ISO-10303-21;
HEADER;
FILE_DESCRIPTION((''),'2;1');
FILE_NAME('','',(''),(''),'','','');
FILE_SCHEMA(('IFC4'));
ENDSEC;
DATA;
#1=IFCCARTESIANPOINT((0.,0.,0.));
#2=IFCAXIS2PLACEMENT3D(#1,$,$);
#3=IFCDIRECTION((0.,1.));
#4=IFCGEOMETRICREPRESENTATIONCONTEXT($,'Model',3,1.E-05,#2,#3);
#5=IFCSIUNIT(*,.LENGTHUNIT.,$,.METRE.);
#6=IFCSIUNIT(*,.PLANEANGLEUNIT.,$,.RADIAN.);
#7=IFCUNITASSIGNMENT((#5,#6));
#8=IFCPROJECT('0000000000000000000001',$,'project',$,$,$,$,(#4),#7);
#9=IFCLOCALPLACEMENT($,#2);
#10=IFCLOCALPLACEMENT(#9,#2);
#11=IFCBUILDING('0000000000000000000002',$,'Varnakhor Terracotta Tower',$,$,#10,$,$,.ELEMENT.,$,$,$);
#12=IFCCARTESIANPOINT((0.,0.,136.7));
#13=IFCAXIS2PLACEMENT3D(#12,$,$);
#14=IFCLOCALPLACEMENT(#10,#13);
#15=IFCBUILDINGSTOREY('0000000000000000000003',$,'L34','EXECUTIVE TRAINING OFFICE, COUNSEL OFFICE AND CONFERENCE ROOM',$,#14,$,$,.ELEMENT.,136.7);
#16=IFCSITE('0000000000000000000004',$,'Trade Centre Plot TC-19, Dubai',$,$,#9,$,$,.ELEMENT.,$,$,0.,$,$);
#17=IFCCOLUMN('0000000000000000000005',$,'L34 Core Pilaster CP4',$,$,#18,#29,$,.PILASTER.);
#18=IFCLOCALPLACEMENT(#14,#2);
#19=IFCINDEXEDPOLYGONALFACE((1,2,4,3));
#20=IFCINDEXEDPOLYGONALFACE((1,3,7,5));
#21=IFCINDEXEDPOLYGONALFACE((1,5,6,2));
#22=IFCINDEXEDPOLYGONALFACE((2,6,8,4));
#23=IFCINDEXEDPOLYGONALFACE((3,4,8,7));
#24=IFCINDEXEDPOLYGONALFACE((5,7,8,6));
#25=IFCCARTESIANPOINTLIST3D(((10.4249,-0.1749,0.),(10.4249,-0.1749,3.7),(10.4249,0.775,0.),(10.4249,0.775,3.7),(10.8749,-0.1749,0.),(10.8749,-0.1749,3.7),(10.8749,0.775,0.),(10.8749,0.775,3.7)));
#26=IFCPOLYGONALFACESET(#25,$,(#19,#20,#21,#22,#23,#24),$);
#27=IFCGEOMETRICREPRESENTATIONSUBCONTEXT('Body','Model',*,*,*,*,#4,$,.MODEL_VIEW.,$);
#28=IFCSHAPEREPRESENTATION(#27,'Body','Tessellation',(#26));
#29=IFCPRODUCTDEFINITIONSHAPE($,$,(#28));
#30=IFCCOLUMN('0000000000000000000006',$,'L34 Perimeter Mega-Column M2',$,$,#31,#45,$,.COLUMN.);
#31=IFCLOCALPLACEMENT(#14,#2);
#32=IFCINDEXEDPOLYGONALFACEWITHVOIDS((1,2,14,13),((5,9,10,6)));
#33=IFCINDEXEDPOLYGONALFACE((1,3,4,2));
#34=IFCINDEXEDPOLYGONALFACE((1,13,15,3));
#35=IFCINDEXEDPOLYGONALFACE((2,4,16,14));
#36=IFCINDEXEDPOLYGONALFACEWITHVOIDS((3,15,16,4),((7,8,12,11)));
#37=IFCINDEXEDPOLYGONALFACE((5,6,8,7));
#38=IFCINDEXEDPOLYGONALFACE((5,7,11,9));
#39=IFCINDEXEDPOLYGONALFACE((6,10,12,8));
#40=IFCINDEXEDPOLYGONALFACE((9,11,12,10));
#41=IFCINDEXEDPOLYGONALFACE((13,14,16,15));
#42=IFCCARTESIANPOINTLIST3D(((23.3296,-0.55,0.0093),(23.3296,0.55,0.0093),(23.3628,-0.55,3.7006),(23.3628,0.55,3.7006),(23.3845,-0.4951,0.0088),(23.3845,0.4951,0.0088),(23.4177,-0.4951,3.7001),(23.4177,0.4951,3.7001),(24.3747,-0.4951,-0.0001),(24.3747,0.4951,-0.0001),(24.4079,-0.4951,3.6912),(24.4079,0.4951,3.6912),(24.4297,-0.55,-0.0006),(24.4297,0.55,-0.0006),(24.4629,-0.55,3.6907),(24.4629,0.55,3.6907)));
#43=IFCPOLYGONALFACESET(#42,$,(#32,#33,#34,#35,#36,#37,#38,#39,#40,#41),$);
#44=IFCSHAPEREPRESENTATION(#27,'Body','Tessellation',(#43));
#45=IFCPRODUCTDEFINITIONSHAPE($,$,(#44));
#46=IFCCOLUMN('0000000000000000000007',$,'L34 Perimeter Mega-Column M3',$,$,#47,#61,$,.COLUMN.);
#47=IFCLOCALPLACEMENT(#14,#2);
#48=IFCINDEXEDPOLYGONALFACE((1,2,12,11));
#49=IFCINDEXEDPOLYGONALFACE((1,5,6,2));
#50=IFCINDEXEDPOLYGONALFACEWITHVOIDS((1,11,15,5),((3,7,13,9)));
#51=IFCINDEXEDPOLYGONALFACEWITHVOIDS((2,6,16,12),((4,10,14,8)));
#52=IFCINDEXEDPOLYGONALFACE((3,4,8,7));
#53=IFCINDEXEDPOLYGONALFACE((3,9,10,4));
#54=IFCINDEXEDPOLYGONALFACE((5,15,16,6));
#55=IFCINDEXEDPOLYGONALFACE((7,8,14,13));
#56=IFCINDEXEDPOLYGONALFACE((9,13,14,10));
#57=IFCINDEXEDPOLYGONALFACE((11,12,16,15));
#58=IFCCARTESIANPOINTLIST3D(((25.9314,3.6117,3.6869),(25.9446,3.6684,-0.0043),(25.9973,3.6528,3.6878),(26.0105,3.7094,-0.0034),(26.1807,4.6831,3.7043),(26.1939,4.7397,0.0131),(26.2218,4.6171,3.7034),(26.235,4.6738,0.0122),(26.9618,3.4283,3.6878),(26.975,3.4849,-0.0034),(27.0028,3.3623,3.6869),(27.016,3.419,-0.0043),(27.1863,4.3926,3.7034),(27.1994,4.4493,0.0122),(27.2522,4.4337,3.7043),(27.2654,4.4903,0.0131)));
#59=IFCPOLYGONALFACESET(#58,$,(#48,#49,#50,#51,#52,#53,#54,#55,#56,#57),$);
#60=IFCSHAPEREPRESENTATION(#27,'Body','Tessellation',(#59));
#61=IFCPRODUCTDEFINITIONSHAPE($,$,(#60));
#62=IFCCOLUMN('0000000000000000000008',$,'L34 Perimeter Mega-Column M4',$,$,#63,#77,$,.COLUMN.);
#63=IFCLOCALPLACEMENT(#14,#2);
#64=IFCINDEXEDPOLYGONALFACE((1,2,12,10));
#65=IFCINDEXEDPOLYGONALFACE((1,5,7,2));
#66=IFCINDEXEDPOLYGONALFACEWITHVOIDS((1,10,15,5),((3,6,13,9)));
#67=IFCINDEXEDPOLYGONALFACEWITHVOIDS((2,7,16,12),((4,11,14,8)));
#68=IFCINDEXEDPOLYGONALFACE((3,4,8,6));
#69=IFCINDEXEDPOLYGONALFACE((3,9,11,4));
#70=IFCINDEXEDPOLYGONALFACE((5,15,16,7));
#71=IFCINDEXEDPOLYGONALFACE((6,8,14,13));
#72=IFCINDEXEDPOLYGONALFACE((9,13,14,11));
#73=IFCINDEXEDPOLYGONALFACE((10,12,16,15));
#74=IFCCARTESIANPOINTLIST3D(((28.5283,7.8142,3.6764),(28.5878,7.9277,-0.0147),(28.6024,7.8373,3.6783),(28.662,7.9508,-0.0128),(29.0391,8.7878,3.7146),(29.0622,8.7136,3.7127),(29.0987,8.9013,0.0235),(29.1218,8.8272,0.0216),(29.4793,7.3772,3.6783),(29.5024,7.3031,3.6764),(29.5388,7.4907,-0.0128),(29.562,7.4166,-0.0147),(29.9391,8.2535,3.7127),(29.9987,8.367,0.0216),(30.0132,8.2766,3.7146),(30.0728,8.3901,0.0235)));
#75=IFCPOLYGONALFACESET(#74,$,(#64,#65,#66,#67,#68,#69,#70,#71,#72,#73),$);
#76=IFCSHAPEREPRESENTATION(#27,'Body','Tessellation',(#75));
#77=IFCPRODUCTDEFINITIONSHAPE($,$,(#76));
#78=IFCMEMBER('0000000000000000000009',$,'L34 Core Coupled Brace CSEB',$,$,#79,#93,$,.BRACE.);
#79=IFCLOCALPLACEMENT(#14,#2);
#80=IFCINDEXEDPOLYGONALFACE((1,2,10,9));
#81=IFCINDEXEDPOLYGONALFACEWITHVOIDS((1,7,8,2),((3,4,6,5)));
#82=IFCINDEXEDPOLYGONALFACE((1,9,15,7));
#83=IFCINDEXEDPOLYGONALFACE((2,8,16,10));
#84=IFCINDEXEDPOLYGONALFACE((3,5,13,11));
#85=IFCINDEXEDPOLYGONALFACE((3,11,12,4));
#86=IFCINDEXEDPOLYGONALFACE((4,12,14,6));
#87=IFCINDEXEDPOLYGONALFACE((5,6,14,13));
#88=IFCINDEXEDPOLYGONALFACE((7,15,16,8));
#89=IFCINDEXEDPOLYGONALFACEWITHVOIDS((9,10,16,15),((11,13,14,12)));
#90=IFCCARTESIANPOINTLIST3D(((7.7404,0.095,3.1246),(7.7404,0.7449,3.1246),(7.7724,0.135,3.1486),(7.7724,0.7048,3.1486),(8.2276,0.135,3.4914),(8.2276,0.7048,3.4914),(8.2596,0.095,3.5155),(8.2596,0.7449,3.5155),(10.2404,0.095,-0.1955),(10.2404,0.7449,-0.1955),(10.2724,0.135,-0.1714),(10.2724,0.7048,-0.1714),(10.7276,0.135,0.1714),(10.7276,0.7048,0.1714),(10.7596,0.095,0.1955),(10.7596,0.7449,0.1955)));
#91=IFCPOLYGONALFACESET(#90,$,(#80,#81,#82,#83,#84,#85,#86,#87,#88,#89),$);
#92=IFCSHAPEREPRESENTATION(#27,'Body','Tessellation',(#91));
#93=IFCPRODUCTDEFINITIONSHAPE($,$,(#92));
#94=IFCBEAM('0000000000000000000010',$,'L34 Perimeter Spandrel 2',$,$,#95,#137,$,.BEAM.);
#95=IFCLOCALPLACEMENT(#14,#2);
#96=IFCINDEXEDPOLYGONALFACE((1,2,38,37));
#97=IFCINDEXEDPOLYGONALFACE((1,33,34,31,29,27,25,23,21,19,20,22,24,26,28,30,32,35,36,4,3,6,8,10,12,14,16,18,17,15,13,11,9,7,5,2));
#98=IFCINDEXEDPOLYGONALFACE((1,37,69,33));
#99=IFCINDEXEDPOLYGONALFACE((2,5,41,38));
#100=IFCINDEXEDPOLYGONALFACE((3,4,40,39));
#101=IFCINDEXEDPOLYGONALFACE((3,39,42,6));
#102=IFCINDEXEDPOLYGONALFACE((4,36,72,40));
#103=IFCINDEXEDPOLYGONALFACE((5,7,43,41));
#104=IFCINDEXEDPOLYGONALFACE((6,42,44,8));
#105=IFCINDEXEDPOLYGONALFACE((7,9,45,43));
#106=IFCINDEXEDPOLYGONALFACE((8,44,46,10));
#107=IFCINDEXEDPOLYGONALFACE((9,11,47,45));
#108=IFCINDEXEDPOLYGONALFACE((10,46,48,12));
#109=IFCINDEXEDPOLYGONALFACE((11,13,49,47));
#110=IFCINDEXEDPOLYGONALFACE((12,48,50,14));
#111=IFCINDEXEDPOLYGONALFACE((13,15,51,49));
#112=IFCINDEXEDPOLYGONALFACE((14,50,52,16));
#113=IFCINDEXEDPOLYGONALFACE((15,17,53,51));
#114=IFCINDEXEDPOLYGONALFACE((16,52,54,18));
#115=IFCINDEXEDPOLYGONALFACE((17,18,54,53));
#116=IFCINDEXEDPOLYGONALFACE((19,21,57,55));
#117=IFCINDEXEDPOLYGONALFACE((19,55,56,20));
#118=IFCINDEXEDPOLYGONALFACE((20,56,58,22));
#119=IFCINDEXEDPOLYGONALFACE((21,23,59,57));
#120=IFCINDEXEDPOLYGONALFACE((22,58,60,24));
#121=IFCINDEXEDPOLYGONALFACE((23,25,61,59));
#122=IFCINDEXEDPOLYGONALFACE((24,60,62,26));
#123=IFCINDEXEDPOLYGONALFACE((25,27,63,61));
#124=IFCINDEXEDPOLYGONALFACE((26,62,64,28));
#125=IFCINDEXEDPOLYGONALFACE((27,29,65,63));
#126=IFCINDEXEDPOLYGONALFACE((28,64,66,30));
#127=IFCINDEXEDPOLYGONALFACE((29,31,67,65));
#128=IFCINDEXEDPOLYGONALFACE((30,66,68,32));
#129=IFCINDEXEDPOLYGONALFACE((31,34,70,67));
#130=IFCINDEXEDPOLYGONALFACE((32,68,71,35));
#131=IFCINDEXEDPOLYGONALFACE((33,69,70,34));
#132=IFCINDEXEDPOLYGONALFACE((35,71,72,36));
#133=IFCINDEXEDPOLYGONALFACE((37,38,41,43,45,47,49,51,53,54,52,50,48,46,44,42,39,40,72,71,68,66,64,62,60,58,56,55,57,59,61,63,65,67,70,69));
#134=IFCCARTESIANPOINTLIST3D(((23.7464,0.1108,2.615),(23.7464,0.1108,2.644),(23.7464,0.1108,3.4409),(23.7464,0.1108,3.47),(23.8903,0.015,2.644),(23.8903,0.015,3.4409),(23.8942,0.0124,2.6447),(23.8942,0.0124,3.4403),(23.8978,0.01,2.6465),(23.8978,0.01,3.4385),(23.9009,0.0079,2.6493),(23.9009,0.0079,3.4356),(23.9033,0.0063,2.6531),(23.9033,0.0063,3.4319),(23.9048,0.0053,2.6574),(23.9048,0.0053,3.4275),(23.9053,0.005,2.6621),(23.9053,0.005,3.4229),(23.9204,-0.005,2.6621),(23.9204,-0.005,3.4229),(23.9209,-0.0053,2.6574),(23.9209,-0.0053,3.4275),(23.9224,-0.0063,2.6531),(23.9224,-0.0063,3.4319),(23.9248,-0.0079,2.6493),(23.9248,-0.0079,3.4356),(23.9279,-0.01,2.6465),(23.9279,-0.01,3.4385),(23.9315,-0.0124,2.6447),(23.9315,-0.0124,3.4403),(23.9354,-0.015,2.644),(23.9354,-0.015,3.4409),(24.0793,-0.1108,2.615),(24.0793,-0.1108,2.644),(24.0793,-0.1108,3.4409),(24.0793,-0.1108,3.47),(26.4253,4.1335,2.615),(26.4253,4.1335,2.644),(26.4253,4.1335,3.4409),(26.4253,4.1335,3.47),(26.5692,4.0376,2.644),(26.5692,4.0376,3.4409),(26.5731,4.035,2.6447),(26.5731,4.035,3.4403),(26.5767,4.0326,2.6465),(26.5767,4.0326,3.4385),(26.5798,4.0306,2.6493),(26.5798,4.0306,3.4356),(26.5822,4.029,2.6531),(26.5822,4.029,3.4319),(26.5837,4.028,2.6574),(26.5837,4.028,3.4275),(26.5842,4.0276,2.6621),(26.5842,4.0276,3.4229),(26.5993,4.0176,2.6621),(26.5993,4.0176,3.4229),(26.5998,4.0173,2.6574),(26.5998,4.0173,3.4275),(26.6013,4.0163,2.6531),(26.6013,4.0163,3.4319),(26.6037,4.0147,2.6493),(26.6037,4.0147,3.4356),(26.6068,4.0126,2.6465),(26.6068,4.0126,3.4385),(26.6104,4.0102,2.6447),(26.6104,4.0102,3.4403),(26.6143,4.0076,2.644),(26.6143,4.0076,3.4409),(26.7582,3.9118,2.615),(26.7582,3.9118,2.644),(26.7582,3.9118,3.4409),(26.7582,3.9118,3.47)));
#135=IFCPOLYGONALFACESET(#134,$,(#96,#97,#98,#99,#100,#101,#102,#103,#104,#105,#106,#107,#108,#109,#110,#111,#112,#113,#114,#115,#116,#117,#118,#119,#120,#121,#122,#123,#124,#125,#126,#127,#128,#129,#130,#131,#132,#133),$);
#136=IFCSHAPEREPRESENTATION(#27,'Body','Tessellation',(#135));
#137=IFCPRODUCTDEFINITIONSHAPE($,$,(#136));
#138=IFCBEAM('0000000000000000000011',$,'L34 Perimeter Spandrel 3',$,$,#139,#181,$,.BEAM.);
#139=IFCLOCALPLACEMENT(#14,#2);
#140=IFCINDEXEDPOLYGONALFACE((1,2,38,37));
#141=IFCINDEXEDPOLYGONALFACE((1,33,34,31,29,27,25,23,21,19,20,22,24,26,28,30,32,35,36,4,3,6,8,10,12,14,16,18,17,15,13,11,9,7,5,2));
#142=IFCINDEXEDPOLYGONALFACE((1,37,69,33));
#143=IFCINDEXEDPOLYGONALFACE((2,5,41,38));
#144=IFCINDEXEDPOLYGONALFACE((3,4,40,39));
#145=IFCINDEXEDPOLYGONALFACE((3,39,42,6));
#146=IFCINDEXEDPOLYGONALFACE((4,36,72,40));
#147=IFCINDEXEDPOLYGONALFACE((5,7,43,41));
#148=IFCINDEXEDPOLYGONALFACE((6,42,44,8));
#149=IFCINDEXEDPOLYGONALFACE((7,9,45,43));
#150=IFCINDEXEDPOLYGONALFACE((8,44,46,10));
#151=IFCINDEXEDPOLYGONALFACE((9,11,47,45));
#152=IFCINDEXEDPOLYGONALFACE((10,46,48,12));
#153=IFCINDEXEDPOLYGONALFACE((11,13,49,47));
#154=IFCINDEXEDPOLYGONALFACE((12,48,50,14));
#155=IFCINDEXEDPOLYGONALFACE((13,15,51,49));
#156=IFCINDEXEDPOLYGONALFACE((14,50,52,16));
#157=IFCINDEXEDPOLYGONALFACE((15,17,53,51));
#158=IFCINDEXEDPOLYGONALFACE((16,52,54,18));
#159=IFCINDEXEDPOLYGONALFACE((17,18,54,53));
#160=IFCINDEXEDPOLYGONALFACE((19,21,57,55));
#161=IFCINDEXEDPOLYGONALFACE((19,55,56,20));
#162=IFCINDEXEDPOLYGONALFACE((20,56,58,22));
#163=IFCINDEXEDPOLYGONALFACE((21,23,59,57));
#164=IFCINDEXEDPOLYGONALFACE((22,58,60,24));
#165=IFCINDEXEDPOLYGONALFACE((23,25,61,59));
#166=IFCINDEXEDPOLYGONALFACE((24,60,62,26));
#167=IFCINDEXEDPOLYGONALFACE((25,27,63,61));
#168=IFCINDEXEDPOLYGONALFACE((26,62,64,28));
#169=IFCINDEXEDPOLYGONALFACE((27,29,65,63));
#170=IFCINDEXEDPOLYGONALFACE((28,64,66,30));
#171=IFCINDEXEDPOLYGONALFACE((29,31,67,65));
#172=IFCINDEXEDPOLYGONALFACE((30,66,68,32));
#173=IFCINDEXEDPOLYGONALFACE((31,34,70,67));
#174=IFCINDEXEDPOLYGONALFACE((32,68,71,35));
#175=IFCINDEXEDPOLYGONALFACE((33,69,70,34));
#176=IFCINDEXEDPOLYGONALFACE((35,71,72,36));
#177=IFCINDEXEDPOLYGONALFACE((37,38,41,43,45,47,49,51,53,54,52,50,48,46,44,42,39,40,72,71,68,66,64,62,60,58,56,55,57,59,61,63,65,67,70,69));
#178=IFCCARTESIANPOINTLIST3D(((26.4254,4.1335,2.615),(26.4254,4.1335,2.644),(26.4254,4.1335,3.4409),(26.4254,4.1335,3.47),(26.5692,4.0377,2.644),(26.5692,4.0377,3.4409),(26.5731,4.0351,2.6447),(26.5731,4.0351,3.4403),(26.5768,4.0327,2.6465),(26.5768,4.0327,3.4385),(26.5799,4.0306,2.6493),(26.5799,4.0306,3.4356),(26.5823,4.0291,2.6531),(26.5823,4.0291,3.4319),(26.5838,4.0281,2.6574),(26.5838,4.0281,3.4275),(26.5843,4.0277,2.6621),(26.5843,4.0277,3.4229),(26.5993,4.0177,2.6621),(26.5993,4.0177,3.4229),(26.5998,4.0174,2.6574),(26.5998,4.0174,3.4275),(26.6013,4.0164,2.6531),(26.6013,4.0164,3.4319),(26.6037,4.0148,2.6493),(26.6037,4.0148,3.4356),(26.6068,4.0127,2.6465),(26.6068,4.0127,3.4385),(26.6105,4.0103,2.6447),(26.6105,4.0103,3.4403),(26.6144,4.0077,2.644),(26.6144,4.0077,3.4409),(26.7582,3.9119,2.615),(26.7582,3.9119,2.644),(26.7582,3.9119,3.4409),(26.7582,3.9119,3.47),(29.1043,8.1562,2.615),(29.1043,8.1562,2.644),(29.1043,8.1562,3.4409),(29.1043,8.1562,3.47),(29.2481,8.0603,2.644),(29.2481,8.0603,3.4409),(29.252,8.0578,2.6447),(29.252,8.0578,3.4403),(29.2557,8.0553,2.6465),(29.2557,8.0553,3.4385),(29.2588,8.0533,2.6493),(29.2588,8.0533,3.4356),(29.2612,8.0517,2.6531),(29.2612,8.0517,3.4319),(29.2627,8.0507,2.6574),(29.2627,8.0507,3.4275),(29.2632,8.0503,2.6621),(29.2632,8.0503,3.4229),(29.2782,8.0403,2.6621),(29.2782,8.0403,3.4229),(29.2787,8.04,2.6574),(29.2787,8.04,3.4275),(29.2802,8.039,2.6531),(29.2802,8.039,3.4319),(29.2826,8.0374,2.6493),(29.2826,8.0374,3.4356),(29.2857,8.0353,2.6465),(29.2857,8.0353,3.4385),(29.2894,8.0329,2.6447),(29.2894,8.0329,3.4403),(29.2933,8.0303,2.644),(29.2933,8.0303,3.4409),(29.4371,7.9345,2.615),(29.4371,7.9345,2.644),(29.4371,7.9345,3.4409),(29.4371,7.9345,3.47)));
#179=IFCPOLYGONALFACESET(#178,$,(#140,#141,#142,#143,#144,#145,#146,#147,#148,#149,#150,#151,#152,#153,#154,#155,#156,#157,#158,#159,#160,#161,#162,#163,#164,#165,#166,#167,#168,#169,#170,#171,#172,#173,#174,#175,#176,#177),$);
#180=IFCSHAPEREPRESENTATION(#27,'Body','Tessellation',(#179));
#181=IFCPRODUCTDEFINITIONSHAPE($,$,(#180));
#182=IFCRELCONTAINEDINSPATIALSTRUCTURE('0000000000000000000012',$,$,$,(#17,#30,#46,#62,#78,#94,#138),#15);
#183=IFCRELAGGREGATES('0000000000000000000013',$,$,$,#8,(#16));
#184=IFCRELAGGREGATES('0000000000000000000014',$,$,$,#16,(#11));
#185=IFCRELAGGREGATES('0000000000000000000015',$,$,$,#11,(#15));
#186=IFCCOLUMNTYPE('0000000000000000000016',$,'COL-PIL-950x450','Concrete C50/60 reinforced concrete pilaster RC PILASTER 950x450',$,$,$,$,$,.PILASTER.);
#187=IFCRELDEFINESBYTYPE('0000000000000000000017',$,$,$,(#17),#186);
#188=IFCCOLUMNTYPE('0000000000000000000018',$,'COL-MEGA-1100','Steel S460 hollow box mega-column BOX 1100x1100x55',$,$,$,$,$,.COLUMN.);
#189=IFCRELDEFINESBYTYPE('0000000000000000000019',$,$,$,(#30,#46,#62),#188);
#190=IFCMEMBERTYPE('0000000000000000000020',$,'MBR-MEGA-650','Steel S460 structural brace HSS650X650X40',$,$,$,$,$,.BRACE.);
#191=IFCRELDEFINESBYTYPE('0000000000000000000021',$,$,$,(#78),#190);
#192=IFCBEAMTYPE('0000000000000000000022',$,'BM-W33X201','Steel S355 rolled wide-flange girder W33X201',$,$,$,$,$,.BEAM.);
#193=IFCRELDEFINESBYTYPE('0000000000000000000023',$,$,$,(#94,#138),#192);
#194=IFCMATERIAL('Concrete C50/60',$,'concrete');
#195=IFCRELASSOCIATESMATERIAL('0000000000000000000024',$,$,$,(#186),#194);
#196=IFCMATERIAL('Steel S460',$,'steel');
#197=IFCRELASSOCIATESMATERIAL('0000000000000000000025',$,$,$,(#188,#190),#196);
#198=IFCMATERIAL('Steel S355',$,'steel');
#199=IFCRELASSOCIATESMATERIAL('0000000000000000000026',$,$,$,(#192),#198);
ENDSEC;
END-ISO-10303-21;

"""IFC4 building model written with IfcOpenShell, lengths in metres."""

from ifc_helpers import new_model, si_unit, direction, frame, origin, origin_2d, place, context, subcontext, project, spatial, rectangle, hollow_rectangle, i_section, extrude, source, transform, mapped, material, material_profile, profile_set, type_object, element, save


model = new_model("IFC4")

# Units and contexts
model_context = context("Model", 3, precision=1e-05, world=origin(), true_north=direction((0.0, 1.0)))
body_context = subcontext(model_context, "Body", "Model", "MODEL_VIEW")
ifc_project = project(units=[si_unit("LENGTHUNIT", "METRE"), si_unit("PLANEANGLEUNIT", "RADIAN")], contexts=[model_context])

# Site, building, storey
site_placement = place(None, origin())
site = spatial("IfcSite", under=ifc_project, at=site_placement, Name="Trade Centre Plot TC-19, Dubai", CompositionType="ELEMENT", RefElevation=0.0)
building_placement = place(site_placement, origin())
building = spatial("IfcBuilding", under=site, at=building_placement, Name="Varnakhor Terracotta Tower", CompositionType="ELEMENT")
storey_placement = place(building_placement, frame((0.0, 0.0, 136.7)))
storey = spatial("IfcBuildingStorey", under=building, at=storey_placement, Name="L34", Description="EXECUTIVE TRAINING OFFICE, COUNSEL OFFICE AND CONFERENCE ROOM", CompositionType="ELEMENT", Elevation=136.7)

# Columns
ifc_material_1 = material(Name="Concrete C50/60", Category="concrete")
ifc_material_profile_1 = material_profile(ifc_material_1, rectangle(XDim=0.45, YDim=0.95, at=origin_2d()), Name="RC PILASTER 950x450")
ifc_profile_set_1 = profile_set([ifc_material_profile_1], Name="Concrete C50/60")
column_type_1 = type_object("IfcColumnType", Name="COL-PIL-950x450", Description="Concrete C50/60 reinforced concrete pilaster RC PILASTER 950x450", PredefinedType="PILASTER", material=ifc_profile_set_1)
shared_shape_1 = source(origin(), body_context, "Body", "SweptSolid", [
    extrude(rectangle(XDim=0.45, YDim=0.95, at=origin_2d()), origin(), (0.0, 0.0, 1.0), 3.7),
])
column_1_placement = place(storey_placement, frame((10.6499, 0.3, 0.0), z_axis=(0.0, 0.0, 1.0), x_axis=(1.0, 0.0, 0.0)))
element("IfcColumn", 1, at=column_1_placement, inside=storey, type_object=column_type_1, Name="L34 Core Pilaster CP4", PredefinedType="PILASTER", context=body_context, shape_type="MappedRepresentation", body=[
    mapped(shared_shape_1, transform((0.0, 0.0, 0.0), scale=1.0)),
])
ifc_material_2 = material(Name="Steel S460", Category="steel")
ifc_material_profile_2 = material_profile(ifc_material_2, hollow_rectangle(XDim=1.1001, YDim=1.1001, WallThickness=0.0549, at=origin_2d()), Name="BOX 1100x1100x55")
ifc_profile_set_2 = profile_set([ifc_material_profile_2], Name="Steel S460")
column_type_2 = type_object("IfcColumnType", Name="COL-MEGA-1100", Description="Steel S460 hollow box mega-column BOX 1100x1100x55", PredefinedType="COLUMN", material=ifc_profile_set_2)
shared_shape_2 = source(origin(), body_context, "Body", "SweptSolid", [
    extrude(hollow_rectangle(XDim=1.1001, YDim=1.1001, WallThickness=0.0549, at=origin_2d()), origin(), (0.0, 0.0, 1.0), 3.6914),
])
column_2_placement = place(storey_placement, frame((23.8796, 0.0, 0.0044), z_axis=(0.008995, 0.0, 0.99996), x_axis=(0.0, 1.0, 0.0)))
element("IfcColumn", 2, at=column_2_placement, inside=storey, type_object=column_type_2, Name="L34 Perimeter Mega-Column M2", PredefinedType="COLUMN", context=body_context, shape_type="MappedRepresentation", body=[
    mapped(shared_shape_2, transform((0.0, 0.0, 0.0), scale=1.0)),
])
shared_shape_3 = source(origin(), body_context, "Body", "SweptSolid", [
    extrude(hollow_rectangle(XDim=1.1001, YDim=1.1001, WallThickness=0.0549, at=origin_2d()), origin(), (0.0, 0.0, 1.0), 3.6917),
])
column_3_placement = place(storey_placement, frame((26.605, 4.0793, 0.0044), z_axis=(-0.003571, -0.015343, 0.999876), x_axis=(0.973965, -0.226699, 0.0)))
element("IfcColumn", 3, at=column_3_placement, inside=storey, type_object=column_type_2, Name="L34 Perimeter Mega-Column M3", PredefinedType="COLUMN", context=body_context, shape_type="MappedRepresentation", body=[
    mapped(shared_shape_3, transform((0.0, 0.0, 0.0), scale=1.0)),
])
shared_shape_4 = source(origin(), body_context, "Body", "SweptSolid", [
    extrude(hollow_rectangle(XDim=1.1001, YDim=1.1001, WallThickness=0.0549, at=origin_2d()), origin(), (0.0, 0.0, 1.0), 3.6934),
])
column_4_placement = place(storey_placement, frame((29.3303, 8.1589, 0.0044), z_axis=(-0.016129, -0.030737, 0.999397), x_axis=(0.885496, -0.464647, 0.0)))
element("IfcColumn", 4, at=column_4_placement, inside=storey, type_object=column_type_2, Name="L34 Perimeter Mega-Column M4", PredefinedType="COLUMN", context=body_context, shape_type="MappedRepresentation", body=[
    mapped(shared_shape_4, transform((0.0, 0.0, 0.0), scale=1.0)),
])

# Member
ifc_material_profile_3 = material_profile(ifc_material_2, hollow_rectangle(XDim=0.6499, YDim=0.6499, WallThickness=0.04, at=origin_2d()), Name="HSS650X650X40")
ifc_profile_set_3 = profile_set([ifc_material_profile_3], Name="Steel S460")
member_type_1 = type_object("IfcMemberType", Name="MBR-MEGA-650", Description="Steel S460 structural brace HSS650X650X40", PredefinedType="BRACE", material=ifc_profile_set_3)
shared_shape_5 = source(origin(), body_context, "Body", "SweptSolid", [
    extrude(hollow_rectangle(XDim=0.6499, YDim=0.6499, WallThickness=0.04, at=origin_2d()), origin(), (0.0, 0.0, 1.0), 4.156),
])
member_1_placement = place(storey_placement, frame((10.5, 0.4199, 0.0), z_axis=(-0.601531, 0.0, 0.79885), x_axis=(0.0, -1.0, 0.0)))
element("IfcMember", 5, at=member_1_placement, inside=storey, type_object=member_type_1, Name="L34 Core Coupled Brace CSEB", PredefinedType="BRACE", context=body_context, shape_type="MappedRepresentation", body=[
    mapped(shared_shape_5, transform((0.0, 0.0, 0.0), scale=1.0)),
])

# Beams
ifc_material_3 = material(Name="Steel S355", Category="steel")
ifc_material_profile_4 = material_profile(ifc_material_3, i_section(OverallWidth=0.3999, OverallDepth=0.855, WebThickness=0.0181, FlangeThickness=0.0291, FilletRadius=0.0181, at=origin_2d()), Name="W33X201")
ifc_profile_set_4 = profile_set([ifc_material_profile_4], Name="Steel S355")
beam_type_1 = type_object("IfcBeamType", Name="BM-W33X201", Description="Steel S355 rolled wide-flange girder W33X201", PredefinedType="BEAM", material=ifc_profile_set_4)
shared_shape_6 = source(origin(), body_context, "Body", "SweptSolid", [
    extrude(i_section(OverallWidth=0.3999, OverallDepth=0.855, WebThickness=0.0181, FlangeThickness=0.0291, FilletRadius=0.0181, at=origin_2d()), origin(), (0.0, 0.0, 1.0), 4.833),
])
for number, where, z_axis, x_axis, name in (
    (6, (23.9128, 0.0, 3.0425), (0.554292, 0.832322, 0.0), (-0.832322, 0.554292, 0.0), "L34 Perimeter Spandrel 2"),
    (7, (26.5918, 4.0227, 3.0425), (0.554292, 0.832322, 0.0), (-0.832322, 0.554292, 0.0), "L34 Perimeter Spandrel 3"),
):
    element("IfcBeam", number, at=place(storey_placement, frame(where, z_axis=z_axis, x_axis=x_axis)), inside=storey, type_object=beam_type_1, Name=name, PredefinedType="BEAM", context=body_context, shape_type="MappedRepresentation", body=[
        mapped(shared_shape_6, transform((0.0, 0.0, 0.0), scale=1.0)),
    ])

save(model, "model.ifc")
